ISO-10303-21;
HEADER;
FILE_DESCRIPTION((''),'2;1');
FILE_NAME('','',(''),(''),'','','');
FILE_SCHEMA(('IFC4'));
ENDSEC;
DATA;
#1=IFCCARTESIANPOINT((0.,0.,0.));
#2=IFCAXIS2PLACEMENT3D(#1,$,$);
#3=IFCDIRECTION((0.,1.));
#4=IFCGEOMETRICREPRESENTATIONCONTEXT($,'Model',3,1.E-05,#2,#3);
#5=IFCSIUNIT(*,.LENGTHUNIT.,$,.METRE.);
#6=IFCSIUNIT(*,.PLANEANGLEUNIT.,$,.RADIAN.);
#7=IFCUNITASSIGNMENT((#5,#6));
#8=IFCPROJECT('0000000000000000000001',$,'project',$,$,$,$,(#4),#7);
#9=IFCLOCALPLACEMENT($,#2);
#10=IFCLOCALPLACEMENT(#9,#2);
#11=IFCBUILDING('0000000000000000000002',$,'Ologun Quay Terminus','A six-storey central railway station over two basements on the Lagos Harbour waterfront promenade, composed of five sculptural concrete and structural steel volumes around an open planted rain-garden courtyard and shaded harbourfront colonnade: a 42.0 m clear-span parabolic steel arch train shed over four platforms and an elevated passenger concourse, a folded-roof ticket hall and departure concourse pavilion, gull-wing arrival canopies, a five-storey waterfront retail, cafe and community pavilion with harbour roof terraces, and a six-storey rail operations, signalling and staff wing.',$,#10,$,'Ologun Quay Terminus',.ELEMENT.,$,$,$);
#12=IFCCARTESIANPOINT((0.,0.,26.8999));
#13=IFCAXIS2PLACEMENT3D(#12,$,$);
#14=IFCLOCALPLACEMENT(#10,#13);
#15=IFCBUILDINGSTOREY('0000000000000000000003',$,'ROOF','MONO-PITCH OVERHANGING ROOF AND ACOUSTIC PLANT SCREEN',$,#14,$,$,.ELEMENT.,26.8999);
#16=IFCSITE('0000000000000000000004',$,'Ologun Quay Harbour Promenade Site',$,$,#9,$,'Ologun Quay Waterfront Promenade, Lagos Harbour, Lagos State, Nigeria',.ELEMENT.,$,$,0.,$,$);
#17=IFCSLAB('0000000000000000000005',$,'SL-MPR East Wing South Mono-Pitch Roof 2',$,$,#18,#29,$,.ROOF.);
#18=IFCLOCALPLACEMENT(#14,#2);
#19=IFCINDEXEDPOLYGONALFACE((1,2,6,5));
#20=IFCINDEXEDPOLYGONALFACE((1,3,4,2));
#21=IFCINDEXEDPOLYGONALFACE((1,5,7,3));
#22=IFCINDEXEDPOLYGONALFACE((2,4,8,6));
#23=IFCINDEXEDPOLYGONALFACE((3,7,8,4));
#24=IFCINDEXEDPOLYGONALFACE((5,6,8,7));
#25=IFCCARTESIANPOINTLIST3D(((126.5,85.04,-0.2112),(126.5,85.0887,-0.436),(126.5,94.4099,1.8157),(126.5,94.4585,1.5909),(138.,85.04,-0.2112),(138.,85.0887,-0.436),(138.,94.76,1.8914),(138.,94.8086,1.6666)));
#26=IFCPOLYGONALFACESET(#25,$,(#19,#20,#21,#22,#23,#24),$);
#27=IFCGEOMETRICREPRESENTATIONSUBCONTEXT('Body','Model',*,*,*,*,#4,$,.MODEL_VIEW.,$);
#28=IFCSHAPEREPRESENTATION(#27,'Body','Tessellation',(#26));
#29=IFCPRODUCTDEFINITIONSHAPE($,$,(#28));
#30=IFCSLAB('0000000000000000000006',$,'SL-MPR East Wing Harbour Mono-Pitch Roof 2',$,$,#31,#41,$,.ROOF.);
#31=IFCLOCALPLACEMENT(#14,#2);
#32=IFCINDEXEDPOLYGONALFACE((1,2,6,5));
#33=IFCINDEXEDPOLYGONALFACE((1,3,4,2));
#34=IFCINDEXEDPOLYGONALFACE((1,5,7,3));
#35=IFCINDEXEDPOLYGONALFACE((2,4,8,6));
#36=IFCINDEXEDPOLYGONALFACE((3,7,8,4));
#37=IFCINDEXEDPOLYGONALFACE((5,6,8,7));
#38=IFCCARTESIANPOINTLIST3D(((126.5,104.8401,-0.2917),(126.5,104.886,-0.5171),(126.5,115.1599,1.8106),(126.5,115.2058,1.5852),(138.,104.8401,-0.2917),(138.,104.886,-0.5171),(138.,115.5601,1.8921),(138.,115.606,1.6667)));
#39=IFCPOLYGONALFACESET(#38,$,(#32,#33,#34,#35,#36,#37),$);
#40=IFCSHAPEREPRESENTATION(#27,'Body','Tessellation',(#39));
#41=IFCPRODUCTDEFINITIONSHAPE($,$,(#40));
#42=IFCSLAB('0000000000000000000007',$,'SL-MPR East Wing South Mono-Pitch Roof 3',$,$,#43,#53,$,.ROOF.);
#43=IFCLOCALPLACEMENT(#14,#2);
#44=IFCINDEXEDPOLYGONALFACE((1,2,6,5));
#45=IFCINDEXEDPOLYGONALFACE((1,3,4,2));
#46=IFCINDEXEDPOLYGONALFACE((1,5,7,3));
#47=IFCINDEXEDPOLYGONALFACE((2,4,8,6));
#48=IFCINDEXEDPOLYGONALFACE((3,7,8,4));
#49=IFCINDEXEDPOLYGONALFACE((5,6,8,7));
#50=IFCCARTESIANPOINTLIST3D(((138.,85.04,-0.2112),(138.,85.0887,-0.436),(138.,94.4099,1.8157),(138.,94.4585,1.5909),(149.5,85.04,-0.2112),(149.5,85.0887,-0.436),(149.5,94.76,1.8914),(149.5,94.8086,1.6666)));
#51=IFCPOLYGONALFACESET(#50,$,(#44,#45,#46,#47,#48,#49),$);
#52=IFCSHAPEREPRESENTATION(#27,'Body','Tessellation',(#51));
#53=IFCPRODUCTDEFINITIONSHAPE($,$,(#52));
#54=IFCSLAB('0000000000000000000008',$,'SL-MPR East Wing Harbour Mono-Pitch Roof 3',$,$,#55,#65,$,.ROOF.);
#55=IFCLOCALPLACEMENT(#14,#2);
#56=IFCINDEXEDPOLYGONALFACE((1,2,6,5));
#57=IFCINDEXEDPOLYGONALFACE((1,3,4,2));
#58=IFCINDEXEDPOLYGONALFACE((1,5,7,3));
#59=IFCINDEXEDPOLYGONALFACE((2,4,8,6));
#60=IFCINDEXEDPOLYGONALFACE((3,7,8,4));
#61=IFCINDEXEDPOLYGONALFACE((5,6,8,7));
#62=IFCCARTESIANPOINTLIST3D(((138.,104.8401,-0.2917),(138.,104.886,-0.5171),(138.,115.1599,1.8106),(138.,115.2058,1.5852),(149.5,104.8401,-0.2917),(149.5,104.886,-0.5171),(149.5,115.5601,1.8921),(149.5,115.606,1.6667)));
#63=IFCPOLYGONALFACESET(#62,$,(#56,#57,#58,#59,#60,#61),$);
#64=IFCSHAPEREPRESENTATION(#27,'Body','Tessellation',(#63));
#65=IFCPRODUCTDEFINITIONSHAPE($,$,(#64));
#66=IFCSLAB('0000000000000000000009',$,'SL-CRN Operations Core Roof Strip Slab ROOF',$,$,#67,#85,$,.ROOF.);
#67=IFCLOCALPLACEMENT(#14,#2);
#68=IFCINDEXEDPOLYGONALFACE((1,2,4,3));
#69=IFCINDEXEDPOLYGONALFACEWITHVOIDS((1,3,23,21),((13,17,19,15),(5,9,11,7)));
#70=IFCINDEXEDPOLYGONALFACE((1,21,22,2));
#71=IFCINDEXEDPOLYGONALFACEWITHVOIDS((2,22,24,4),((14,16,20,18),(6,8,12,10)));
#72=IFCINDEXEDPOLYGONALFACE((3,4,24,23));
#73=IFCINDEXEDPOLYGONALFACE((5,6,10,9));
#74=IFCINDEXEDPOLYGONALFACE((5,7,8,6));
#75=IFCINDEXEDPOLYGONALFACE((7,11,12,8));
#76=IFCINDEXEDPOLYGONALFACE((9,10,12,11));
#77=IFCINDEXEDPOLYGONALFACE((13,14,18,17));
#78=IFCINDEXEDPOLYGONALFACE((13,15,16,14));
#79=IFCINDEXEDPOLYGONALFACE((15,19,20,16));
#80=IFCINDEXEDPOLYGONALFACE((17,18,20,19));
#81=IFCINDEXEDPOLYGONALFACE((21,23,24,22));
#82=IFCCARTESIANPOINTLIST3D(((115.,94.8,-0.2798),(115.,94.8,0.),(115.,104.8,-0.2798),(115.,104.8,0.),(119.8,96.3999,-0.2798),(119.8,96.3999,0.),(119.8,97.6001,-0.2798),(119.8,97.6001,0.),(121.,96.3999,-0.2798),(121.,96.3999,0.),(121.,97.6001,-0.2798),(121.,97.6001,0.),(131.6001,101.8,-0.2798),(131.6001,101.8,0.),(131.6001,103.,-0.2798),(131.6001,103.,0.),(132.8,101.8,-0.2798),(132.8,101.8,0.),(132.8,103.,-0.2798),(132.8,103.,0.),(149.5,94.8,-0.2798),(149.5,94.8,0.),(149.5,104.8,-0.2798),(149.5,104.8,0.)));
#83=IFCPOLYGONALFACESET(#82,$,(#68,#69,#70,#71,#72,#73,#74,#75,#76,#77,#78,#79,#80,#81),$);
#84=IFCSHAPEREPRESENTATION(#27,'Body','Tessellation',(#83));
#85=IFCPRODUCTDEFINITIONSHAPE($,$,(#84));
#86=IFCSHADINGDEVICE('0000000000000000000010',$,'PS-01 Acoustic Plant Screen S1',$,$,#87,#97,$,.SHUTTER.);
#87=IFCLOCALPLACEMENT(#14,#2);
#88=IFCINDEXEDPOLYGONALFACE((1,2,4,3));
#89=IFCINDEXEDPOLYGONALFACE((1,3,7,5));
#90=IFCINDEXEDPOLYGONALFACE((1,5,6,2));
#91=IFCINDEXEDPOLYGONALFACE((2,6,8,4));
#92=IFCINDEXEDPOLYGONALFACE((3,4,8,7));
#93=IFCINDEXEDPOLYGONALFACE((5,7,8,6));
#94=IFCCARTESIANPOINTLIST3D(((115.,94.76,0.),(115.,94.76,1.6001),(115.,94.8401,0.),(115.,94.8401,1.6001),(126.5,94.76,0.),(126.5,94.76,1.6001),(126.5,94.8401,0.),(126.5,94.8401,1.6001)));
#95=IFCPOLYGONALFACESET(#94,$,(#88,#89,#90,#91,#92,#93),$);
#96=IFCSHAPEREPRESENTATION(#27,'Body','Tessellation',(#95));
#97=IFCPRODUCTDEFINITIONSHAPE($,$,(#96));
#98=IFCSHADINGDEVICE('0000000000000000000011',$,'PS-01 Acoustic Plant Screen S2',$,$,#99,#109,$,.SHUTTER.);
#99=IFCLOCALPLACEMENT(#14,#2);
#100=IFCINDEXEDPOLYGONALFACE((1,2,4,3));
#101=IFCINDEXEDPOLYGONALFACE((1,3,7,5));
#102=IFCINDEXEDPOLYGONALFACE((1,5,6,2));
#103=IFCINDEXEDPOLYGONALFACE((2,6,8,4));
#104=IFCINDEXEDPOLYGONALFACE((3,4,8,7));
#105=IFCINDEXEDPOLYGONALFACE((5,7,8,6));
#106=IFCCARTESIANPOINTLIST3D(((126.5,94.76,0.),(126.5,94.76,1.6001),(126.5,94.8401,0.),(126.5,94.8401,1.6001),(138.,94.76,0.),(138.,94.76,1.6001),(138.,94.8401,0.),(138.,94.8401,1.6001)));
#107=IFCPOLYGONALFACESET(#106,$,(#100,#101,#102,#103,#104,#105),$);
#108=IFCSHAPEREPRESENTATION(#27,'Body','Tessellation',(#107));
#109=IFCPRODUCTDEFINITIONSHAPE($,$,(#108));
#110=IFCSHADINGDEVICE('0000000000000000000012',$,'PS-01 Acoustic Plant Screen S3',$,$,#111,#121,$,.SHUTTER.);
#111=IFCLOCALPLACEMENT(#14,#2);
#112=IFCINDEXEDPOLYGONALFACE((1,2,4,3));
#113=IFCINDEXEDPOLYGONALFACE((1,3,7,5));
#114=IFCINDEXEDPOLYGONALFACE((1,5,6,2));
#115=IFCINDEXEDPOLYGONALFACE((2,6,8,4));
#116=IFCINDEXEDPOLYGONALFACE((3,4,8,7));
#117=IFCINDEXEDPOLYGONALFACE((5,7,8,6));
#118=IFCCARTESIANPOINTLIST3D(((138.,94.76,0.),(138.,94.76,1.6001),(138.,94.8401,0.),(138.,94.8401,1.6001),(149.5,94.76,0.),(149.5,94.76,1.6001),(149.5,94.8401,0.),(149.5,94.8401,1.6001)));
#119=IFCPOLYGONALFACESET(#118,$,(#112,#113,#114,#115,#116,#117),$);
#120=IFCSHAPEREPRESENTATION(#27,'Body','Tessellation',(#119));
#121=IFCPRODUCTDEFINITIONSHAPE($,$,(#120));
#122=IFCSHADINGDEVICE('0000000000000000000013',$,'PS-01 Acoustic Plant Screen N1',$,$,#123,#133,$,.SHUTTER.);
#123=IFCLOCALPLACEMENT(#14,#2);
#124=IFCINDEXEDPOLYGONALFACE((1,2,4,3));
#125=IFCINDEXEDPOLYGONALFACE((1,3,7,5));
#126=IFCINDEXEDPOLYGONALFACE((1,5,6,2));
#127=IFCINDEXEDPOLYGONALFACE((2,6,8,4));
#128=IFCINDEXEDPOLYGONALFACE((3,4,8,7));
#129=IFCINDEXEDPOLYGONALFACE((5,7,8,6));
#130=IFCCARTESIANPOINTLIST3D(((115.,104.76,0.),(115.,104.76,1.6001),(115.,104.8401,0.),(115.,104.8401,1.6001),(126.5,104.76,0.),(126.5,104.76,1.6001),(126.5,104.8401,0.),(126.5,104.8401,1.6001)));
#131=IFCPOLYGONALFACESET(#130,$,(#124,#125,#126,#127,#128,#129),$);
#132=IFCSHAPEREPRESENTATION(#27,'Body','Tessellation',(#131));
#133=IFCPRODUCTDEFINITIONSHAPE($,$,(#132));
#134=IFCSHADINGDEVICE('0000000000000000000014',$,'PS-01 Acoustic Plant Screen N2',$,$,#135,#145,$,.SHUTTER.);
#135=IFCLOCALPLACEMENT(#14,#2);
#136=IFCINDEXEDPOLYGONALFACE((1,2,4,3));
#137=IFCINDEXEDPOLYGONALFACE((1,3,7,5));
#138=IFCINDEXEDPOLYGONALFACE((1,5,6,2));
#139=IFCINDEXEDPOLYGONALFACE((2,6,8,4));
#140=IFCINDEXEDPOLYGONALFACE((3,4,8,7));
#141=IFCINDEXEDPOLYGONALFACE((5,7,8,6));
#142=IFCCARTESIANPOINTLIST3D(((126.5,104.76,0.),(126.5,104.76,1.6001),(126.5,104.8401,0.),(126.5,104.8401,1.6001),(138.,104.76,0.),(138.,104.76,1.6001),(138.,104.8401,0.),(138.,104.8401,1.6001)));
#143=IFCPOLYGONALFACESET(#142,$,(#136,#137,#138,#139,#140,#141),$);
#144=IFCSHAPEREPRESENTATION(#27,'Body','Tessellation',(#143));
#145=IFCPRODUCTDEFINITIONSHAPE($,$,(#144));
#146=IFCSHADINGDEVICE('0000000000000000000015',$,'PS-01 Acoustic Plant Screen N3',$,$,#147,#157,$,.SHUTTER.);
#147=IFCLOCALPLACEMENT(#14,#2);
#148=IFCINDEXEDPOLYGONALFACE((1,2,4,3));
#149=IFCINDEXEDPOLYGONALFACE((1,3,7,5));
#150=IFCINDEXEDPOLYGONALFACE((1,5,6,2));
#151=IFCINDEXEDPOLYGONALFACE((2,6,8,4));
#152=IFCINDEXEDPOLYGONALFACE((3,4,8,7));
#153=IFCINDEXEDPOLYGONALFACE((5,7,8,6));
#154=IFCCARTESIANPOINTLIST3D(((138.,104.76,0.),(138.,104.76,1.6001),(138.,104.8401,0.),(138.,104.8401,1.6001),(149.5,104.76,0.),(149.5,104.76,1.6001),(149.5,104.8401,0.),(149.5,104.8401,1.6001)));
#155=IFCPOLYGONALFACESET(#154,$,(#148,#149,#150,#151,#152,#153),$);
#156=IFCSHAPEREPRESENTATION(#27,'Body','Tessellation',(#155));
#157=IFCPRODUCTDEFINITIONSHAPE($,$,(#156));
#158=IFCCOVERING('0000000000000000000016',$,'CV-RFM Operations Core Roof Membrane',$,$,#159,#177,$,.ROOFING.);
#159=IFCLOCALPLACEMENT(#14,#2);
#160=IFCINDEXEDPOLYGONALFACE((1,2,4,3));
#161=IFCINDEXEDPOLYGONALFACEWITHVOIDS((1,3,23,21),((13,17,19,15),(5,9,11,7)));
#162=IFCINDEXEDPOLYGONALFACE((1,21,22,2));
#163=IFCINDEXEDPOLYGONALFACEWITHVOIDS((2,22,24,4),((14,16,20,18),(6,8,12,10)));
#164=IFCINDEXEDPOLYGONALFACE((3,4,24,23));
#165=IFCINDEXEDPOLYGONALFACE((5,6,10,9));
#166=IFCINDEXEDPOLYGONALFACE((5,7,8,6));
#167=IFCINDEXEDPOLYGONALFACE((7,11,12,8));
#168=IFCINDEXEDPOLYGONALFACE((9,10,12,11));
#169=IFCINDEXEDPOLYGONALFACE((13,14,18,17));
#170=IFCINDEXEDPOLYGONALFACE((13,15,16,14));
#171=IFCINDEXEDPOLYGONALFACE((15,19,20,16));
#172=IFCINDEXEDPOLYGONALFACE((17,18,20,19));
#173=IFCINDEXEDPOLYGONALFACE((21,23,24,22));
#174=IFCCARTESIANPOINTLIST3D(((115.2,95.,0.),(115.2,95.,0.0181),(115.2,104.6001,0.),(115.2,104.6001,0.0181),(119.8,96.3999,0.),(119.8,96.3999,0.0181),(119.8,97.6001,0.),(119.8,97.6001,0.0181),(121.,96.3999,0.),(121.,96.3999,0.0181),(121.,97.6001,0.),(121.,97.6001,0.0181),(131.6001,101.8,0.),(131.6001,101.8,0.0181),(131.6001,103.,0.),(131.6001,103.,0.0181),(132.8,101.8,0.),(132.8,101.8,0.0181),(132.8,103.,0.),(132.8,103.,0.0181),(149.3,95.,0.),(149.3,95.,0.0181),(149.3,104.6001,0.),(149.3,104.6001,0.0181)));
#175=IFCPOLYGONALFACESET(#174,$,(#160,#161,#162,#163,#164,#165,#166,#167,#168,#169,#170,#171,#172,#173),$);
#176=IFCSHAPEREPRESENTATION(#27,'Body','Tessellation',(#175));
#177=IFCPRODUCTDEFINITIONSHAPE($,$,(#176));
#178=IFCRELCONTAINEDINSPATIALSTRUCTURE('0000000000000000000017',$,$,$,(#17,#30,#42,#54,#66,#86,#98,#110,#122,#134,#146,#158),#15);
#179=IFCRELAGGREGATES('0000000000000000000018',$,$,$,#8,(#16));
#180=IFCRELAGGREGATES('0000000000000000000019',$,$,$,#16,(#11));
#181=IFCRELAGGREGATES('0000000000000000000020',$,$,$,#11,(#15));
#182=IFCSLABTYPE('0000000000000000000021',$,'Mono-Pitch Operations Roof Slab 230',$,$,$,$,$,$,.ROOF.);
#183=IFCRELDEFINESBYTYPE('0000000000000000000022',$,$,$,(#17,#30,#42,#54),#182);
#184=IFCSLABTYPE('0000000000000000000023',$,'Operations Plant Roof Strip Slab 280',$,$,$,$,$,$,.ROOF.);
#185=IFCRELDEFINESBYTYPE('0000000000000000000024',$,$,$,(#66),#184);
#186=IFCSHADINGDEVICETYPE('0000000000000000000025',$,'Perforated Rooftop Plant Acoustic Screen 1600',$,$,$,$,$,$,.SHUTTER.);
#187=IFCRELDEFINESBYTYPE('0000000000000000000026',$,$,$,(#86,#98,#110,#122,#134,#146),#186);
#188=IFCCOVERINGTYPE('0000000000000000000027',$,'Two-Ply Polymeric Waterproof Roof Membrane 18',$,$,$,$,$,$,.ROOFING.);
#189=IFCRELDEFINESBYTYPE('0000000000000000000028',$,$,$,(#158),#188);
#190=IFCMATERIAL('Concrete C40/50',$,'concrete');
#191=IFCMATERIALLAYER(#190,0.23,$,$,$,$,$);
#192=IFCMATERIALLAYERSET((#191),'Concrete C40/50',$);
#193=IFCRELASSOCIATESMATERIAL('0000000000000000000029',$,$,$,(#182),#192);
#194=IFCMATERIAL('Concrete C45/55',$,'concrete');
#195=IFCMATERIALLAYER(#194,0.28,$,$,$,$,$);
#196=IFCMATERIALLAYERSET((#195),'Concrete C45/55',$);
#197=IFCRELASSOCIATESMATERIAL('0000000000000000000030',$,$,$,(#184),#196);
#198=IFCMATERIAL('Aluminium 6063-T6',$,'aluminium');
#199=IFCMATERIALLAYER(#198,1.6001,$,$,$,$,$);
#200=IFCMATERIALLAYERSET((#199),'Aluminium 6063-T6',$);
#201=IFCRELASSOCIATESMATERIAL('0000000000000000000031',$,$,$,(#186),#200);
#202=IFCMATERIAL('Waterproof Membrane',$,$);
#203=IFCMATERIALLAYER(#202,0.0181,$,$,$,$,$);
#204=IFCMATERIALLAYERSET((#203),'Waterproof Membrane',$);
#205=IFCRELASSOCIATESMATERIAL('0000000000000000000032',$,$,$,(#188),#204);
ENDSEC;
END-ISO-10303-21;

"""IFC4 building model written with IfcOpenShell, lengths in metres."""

from ifc_helpers import new_model, si_unit, direction, frame, origin, origin_2d, place, context, subcontext, project, spatial, polyline, rectangle, outline, extrude, material, layer, layer_set, type_object, element, save


model = new_model("IFC4")

# Units and contexts
model_context = context("Model", 3, precision=1e-05, world=origin(), true_north=direction((0.0, 1.0)))
body_context = subcontext(model_context, "Body", "Model", "MODEL_VIEW")
ifc_project = project(units=[si_unit("LENGTHUNIT", "METRE"), si_unit("PLANEANGLEUNIT", "RADIAN")], contexts=[model_context])

# Site, building, storey
site_placement = place(None, origin())
site = spatial("IfcSite", under=ifc_project, at=site_placement, Name="Ologun Quay Harbour Promenade Site", LongName="Ologun Quay Waterfront Promenade, Lagos Harbour, Lagos State, Nigeria", CompositionType="ELEMENT", RefElevation=0.0)
building_placement = place(site_placement, origin())
building = spatial("IfcBuilding", under=site, at=building_placement, Name="Ologun Quay Terminus", Description="A six-storey central railway station over two basements on the Lagos Harbour waterfront promenade, composed of five sculptural concrete and structural steel volumes around an open planted rain-garden courtyard and shaded harbourfront colonnade: a 42.0 m clear-span parabolic steel arch train shed over four platforms and an elevated passenger concourse, a folded-roof ticket hall and departure concourse pavilion, gull-wing arrival canopies, a five-storey waterfront retail, cafe and community pavilion with harbour roof terraces, and a six-storey rail operations, signalling and staff wing.", LongName="Ologun Quay Terminus", CompositionType="ELEMENT")
storey_placement = place(building_placement, frame((0.0, 0.0, 26.8999)))
storey = spatial("IfcBuildingStorey", under=building, at=storey_placement, Name="ROOF", Description="MONO-PITCH OVERHANGING ROOF AND ACOUSTIC PLANT SCREEN", CompositionType="ELEMENT", Elevation=26.8999)

# Slabs
ifc_material_1 = material(Name="Concrete C40/50", Category="concrete")
ifc_layer_1 = layer(ifc_material_1, 0.23)
ifc_layer_set_1 = layer_set([ifc_layer_1], Name="Concrete C40/50")
slab_type_1 = type_object("IfcSlabType", Name="Mono-Pitch Operations Roof Slab 230", PredefinedType="ROOF", material=ifc_layer_set_1)
slab_1_placement = place(storey_placement, frame((126.5, 85.04, -0.2112), z_axis=(0.000002, -0.211424, 0.977394), x_axis=(1.0, 0.0, -0.000002)))
element("IfcSlab", 1, at=slab_1_placement, inside=storey, type_object=slab_type_1, Name="SL-MPR East Wing South Mono-Pitch Roof 2", PredefinedType="ROOF", context=body_context, shape_type="SweptSolid", body=[
    extrude(outline(polyline([(0.0, 0.0), (11.5, 0.0), (11.5, 9.9448), (0.0, 9.5866), (0.0, 0.0)])), origin(), (0.0, 0.0, -1.0), 0.23),
])
slab_2_placement = place(storey_placement, frame((126.5, 104.8401, -0.2917), z_axis=(-0.000001, -0.199616, 0.979874), x_axis=(1.0, 0.0, 0.000001)))
element("IfcSlab", 2, at=slab_2_placement, inside=storey, type_object=slab_type_1, Name="SL-MPR East Wing Harbour Mono-Pitch Roof 2", PredefinedType="ROOF", context=body_context, shape_type="SweptSolid", body=[
    extrude(outline(polyline([(0.0, 0.0), (11.5, 0.0), (11.5, 10.9402), (0.0, 10.5318), (0.0, 0.0)])), origin(), (0.0, 0.0, -1.0), 0.23),
])
slab_3_placement = place(storey_placement, frame((138.0, 85.04, -0.2112), z_axis=(0.000002, -0.211424, 0.977394), x_axis=(1.0, 0.0, -0.000002)))
element("IfcSlab", 3, at=slab_3_placement, inside=storey, type_object=slab_type_1, Name="SL-MPR East Wing South Mono-Pitch Roof 3", PredefinedType="ROOF", context=body_context, shape_type="SweptSolid", body=[
    extrude(outline(polyline([(0.0, 0.0), (11.5, 0.0), (11.5, 9.9448), (0.0, 9.5866), (0.0, 0.0)])), origin(), (0.0, 0.0, -1.0), 0.23),
])
slab_4_placement = place(storey_placement, frame((138.0, 104.8401, -0.2917), z_axis=(-0.000001, -0.199616, 0.979874), x_axis=(1.0, 0.0, 0.000001)))
element("IfcSlab", 4, at=slab_4_placement, inside=storey, type_object=slab_type_1, Name="SL-MPR East Wing Harbour Mono-Pitch Roof 3", PredefinedType="ROOF", context=body_context, shape_type="SweptSolid", body=[
    extrude(outline(polyline([(0.0, 0.0), (11.5, 0.0), (11.5, 10.9402), (0.0, 10.5318), (0.0, 0.0)])), origin(), (0.0, 0.0, -1.0), 0.23),
])
ifc_material_2 = material(Name="Concrete C45/55", Category="concrete")
ifc_layer_2 = layer(ifc_material_2, 0.28)
ifc_layer_set_2 = layer_set([ifc_layer_2], Name="Concrete C45/55")
slab_type_2 = type_object("IfcSlabType", Name="Operations Plant Roof Strip Slab 280", PredefinedType="ROOF", material=ifc_layer_set_2)
slab_5_placement = place(storey_placement, frame((0.0, 0.0, -0.2798)))
element("IfcSlab", 5, at=slab_5_placement, inside=storey, type_object=slab_type_2, Name="SL-CRN Operations Core Roof Strip Slab ROOF", PredefinedType="ROOF", context=body_context, shape_type="SweptSolid", body=[
    extrude(outline(polyline([(115.0, 94.8), (149.5, 94.8), (149.5, 104.8), (115.0, 104.8), (115.0, 94.8)]), holes=[polyline([(119.8, 96.3999), (119.8, 97.6001), (121.0, 97.6001), (121.0, 96.3999), (119.8, 96.3999)]), polyline([(131.6001, 101.8), (131.6001, 103.0), (132.8, 103.0), (132.8, 101.8), (131.6001, 101.8)])]), origin(), (0.0, 0.0, 1.0), 0.2798),
])

# Shading devices
ifc_material_3 = material(Name="Aluminium 6063-T6", Category="aluminium")
ifc_layer_3 = layer(ifc_material_3, 1.6001)
ifc_layer_set_3 = layer_set([ifc_layer_3], Name="Aluminium 6063-T6")
shading_device_type = type_object("IfcShadingDeviceType", Name="Perforated Rooftop Plant Acoustic Screen 1600", PredefinedType="SHUTTER", material=ifc_layer_set_3)
for number, where, z_axis, x_axis, name in (
    (6, (120.75, 94.8, 0.0), (0.0, 0.0, 1.0), (1.0, 0.0, 0.0), "PS-01 Acoustic Plant Screen S1"),
    (7, (132.25, 94.8, 0.0), (0.0, 0.0, 1.0), (1.0, 0.0, 0.0), "PS-01 Acoustic Plant Screen S2"),
    (8, (143.75, 94.8, 0.0), (0.0, 0.0, 1.0), (1.0, 0.0, 0.0), "PS-01 Acoustic Plant Screen S3"),
    (9, (120.75, 104.8, 0.0), (0.0, 0.0, 1.0), (1.0, 0.0, 0.0), "PS-01 Acoustic Plant Screen N1"),
    (10, (132.25, 104.8, 0.0), (0.0, 0.0, 1.0), (1.0, 0.0, 0.0), "PS-01 Acoustic Plant Screen N2"),
    (11, (143.75, 104.8, 0.0), (0.0, 0.0, 1.0), (1.0, 0.0, 0.0), "PS-01 Acoustic Plant Screen N3"),
):
    element("IfcShadingDevice", number, at=place(storey_placement, frame(where, z_axis=z_axis, x_axis=x_axis)), inside=storey, type_object=shading_device_type, Name=name, PredefinedType="SHUTTER", context=body_context, shape_type="SweptSolid", body=[
        extrude(rectangle(XDim=11.5, YDim=0.0801, at=origin_2d()), origin(), (0.0, 0.0, 1.0), 1.6001),
    ])

# Covering
ifc_material_4 = material(Name="Waterproof Membrane")
ifc_layer_4 = layer(ifc_material_4, 0.0181)
ifc_layer_set_4 = layer_set([ifc_layer_4], Name="Waterproof Membrane")
covering_type = type_object("IfcCoveringType", Name="Two-Ply Polymeric Waterproof Roof Membrane 18", PredefinedType="ROOFING", material=ifc_layer_set_4)
covering_placement = place(storey_placement, origin())
element("IfcCovering", 12, at=covering_placement, inside=storey, type_object=covering_type, Name="CV-RFM Operations Core Roof Membrane", PredefinedType="ROOFING", context=body_context, shape_type="SweptSolid", body=[
    extrude(outline(polyline([(115.2, 95.0), (149.3, 95.0), (149.3, 104.6001), (115.2, 104.6001), (115.2, 95.0)]), holes=[polyline([(119.8, 96.3999), (119.8, 97.6001), (121.0, 97.6001), (121.0, 96.3999), (119.8, 96.3999)]), polyline([(131.6001, 101.8), (131.6001, 103.0), (132.8, 103.0), (132.8, 101.8), (131.6001, 101.8)])]), origin(), (0.0, 0.0, 1.0), 0.0181),
])

save(model, "model.ifc")
